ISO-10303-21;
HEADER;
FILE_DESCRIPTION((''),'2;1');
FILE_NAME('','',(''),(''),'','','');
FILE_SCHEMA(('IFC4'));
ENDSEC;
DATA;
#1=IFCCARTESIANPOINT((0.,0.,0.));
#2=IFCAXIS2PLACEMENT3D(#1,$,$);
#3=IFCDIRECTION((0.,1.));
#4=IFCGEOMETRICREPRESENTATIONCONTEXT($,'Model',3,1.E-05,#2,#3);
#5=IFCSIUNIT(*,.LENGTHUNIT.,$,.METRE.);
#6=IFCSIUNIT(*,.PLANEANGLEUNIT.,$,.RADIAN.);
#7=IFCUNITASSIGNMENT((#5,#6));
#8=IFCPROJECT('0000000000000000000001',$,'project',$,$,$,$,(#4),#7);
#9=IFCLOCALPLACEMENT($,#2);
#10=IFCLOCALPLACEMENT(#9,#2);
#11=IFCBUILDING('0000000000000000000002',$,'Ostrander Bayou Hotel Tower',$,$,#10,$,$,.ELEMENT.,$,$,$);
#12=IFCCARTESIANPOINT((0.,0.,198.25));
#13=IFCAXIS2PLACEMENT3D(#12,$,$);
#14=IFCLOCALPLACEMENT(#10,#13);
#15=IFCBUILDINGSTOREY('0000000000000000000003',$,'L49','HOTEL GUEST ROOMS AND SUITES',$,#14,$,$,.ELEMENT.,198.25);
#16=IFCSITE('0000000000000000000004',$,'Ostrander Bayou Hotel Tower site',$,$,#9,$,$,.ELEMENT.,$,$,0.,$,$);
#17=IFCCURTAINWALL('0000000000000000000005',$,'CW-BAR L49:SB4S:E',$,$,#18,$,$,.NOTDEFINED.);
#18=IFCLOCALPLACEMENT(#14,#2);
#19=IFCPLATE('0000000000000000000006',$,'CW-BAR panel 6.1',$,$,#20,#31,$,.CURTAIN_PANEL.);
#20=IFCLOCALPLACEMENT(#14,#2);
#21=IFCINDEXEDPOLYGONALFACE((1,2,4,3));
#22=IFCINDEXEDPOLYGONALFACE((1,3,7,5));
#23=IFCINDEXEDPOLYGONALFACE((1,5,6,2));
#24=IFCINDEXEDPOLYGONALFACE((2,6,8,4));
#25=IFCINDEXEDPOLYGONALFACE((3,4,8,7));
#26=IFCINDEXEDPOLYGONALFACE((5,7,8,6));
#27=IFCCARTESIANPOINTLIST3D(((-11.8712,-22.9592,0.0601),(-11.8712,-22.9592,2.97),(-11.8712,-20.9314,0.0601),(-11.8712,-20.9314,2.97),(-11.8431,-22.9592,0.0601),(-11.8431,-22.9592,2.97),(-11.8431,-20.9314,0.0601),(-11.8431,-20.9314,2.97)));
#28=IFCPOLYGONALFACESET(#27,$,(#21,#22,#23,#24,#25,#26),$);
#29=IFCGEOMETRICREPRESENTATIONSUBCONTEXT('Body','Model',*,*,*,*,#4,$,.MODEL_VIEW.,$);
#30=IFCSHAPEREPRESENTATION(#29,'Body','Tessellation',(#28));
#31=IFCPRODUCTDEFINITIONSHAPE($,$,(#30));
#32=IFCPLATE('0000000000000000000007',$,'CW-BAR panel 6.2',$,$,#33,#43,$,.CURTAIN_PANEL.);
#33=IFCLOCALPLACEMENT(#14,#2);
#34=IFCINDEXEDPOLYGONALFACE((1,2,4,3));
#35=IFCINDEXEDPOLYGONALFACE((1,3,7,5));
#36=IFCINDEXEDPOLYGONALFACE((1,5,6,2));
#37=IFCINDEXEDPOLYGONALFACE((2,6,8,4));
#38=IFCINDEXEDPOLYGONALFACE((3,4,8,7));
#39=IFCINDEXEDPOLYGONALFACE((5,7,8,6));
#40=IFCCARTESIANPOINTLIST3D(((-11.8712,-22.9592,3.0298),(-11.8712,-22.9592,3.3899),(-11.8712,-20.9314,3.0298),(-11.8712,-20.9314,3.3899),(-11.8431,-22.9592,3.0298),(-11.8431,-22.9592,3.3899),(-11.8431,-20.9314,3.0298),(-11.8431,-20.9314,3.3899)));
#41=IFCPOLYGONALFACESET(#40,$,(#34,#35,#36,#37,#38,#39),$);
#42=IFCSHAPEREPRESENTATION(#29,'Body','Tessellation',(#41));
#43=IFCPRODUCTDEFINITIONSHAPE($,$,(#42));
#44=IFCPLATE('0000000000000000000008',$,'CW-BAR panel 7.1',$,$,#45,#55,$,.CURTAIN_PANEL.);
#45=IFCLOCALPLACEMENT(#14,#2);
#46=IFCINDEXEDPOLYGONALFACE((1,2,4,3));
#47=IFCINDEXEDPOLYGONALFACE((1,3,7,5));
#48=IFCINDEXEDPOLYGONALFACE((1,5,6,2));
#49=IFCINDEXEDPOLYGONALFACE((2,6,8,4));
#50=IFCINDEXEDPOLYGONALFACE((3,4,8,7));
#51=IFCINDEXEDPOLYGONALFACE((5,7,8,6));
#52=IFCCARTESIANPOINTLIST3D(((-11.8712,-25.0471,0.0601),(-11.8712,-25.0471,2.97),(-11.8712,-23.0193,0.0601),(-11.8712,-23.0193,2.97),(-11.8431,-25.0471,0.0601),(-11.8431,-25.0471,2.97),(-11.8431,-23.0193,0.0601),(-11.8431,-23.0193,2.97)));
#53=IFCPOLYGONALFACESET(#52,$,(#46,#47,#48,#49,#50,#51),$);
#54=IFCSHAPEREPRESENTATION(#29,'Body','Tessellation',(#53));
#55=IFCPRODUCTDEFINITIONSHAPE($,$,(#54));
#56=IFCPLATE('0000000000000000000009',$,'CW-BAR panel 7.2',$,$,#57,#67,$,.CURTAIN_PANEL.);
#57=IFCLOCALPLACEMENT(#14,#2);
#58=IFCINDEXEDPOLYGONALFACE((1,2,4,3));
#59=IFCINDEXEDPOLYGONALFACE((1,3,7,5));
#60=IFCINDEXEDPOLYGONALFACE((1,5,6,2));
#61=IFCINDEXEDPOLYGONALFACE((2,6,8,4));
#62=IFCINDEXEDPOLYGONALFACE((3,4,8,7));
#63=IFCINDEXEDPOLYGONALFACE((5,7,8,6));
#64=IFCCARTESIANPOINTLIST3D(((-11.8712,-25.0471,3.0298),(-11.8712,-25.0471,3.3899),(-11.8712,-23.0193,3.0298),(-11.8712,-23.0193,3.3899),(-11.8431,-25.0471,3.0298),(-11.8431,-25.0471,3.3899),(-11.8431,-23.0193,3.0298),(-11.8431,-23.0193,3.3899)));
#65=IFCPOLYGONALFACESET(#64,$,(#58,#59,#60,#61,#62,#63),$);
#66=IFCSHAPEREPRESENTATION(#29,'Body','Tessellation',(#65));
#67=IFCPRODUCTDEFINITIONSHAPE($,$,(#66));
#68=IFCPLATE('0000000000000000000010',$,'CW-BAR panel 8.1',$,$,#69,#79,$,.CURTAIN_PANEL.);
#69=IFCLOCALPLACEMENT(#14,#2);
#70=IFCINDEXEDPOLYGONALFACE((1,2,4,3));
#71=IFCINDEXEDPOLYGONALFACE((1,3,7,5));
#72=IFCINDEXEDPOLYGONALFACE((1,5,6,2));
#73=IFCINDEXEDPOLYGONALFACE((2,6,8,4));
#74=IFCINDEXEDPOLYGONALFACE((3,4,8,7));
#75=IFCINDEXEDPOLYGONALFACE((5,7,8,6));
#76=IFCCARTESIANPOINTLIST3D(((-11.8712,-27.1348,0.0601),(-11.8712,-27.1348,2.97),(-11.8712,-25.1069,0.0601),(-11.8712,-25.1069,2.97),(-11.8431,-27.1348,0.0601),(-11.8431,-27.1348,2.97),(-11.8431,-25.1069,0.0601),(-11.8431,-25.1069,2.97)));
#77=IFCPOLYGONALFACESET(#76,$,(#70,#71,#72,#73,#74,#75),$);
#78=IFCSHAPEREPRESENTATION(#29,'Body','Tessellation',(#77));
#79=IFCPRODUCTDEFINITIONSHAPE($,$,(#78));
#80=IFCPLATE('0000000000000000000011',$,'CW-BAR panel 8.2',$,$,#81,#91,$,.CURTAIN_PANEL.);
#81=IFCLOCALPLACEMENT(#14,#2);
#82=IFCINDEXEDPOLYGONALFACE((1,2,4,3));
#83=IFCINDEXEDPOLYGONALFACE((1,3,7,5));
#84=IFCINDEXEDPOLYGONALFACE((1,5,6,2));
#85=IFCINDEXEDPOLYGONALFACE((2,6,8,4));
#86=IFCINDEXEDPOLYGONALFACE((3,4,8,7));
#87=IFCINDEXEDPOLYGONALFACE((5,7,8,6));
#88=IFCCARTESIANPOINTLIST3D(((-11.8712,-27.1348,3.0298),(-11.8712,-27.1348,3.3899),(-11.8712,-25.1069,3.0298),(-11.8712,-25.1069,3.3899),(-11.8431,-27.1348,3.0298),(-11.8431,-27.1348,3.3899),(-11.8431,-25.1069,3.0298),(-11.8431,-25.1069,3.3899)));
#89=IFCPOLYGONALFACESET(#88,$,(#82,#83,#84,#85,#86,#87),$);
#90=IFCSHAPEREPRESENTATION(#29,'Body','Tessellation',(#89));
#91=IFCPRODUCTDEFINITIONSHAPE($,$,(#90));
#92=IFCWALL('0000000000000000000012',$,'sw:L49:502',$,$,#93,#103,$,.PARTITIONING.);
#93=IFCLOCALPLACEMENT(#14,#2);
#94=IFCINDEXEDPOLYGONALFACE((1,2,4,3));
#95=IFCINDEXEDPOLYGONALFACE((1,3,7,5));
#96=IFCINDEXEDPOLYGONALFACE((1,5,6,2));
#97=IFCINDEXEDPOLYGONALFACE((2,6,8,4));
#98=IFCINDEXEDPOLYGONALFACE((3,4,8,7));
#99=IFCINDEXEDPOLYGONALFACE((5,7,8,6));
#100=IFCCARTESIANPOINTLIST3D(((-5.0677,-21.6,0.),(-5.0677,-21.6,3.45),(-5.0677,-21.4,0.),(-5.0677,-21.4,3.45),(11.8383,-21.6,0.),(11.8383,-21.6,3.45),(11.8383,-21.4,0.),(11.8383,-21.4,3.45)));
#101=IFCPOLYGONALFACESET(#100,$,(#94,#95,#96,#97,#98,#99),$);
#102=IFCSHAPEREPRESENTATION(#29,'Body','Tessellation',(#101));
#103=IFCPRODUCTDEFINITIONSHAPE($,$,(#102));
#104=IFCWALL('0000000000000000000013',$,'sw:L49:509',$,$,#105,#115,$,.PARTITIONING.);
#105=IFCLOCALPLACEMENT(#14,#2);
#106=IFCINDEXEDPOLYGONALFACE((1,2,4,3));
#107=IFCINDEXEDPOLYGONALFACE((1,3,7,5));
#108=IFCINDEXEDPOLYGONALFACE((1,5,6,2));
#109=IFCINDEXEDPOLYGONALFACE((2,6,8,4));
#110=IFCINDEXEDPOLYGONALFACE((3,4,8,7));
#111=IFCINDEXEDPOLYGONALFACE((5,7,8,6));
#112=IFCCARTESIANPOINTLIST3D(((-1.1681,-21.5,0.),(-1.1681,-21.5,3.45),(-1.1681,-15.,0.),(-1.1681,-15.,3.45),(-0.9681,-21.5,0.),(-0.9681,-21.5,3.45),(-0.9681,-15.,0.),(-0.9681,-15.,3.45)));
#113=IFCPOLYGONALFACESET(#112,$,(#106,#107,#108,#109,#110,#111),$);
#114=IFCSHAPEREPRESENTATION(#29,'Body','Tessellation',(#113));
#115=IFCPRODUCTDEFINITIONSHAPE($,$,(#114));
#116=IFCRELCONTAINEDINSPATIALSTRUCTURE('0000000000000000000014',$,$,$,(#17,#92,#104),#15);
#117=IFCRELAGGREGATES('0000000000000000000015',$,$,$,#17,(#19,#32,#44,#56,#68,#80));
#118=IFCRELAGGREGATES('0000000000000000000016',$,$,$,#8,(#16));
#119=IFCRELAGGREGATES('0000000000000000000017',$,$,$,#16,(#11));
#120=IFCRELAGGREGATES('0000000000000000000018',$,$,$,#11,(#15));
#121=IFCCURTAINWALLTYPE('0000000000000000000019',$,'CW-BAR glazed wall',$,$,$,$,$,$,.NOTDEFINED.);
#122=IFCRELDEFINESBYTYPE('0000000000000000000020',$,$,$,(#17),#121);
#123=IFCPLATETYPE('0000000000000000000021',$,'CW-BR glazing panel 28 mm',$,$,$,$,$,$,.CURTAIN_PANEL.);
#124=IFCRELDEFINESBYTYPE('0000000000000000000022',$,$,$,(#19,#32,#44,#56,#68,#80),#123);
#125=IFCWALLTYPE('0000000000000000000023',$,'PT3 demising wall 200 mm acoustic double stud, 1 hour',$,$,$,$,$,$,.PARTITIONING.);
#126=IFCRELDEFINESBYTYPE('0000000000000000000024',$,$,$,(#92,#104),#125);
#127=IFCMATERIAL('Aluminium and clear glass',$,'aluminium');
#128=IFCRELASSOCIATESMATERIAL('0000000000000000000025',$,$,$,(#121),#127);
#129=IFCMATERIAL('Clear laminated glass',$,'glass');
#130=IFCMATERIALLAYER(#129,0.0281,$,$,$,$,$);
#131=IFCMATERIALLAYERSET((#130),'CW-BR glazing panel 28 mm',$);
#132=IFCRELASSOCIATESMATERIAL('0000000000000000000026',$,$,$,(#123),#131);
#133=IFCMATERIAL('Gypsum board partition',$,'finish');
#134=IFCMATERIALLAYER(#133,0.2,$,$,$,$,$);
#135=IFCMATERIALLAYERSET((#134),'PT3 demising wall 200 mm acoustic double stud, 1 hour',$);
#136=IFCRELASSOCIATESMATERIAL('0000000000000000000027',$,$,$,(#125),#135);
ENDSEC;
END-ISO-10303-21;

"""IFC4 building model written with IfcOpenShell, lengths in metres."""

from ifc_helpers import new_model, si_unit, direction, frame, frame_2d, origin, origin_2d, place, context, subcontext, project, spatial, rectangle, extrude, material, layer, layer_set, type_object, element, aggregate, save


model = new_model("IFC4")

# Units and contexts
model_context = context("Model", 3, precision=1e-05, world=origin(), true_north=direction((0.0, 1.0)))
body_context = subcontext(model_context, "Body", "Model", "MODEL_VIEW")
ifc_project = project(units=[si_unit("LENGTHUNIT", "METRE"), si_unit("PLANEANGLEUNIT", "RADIAN")], contexts=[model_context])

# Site, building, storey
site_placement = place(None, origin())
site = spatial("IfcSite", under=ifc_project, at=site_placement, Name="Ostrander Bayou Hotel Tower site", CompositionType="ELEMENT", RefElevation=0.0)
building_placement = place(site_placement, origin())
building = spatial("IfcBuilding", under=site, at=building_placement, Name="Ostrander Bayou Hotel Tower", CompositionType="ELEMENT")
storey_placement = place(building_placement, frame((0.0, 0.0, 198.25)))
storey = spatial("IfcBuildingStorey", under=building, at=storey_placement, Name="L49", Description="HOTEL GUEST ROOMS AND SUITES", CompositionType="ELEMENT", Elevation=198.25)

# Curtain wall
ifc_material_1 = material(Name="Aluminium and clear glass", Category="aluminium")
curtain_wall_type = type_object("IfcCurtainWallType", Name="CW-BAR glazed wall", PredefinedType="NOTDEFINED", material=ifc_material_1)
curtain_wall_placement = place(storey_placement, origin())
curtain_wall = element("IfcCurtainWall", 1, at=curtain_wall_placement, inside=storey, type_object=curtain_wall_type, Name="CW-BAR L49:SB4S:E", PredefinedType="NOTDEFINED")

# Plates
ifc_material_2 = material(Name="Clear laminated glass", Category="glass")
ifc_layer_1 = layer(ifc_material_2, 0.0281)
ifc_layer_set_1 = layer_set([ifc_layer_1], Name="CW-BR glazing panel 28 mm")
plate_type = type_object("IfcPlateType", Name="CW-BR glazing panel 28 mm", PredefinedType="CURTAIN_PANEL", material=ifc_layer_set_1)
plate_1_placement = place(storey_placement, frame((-11.8572, -21.9453, 0.0601), z_axis=(0.0, 0.0, 1.0), x_axis=(0.0, -1.0, 0.0)))
plate_1 = element("IfcPlate", 2, at=plate_1_placement, type_object=plate_type, Name="CW-BAR panel 6.1", PredefinedType="CURTAIN_PANEL", context=body_context, shape_type="SweptSolid", body=[
    extrude(rectangle(XDim=2.0278, YDim=0.0281, at=origin_2d()), origin(), (0.0, 0.0, 1.0), 2.9099),
])
plate_2_placement = place(storey_placement, frame((-11.8572, -21.9453, 3.0298), z_axis=(0.0, 0.0, 1.0), x_axis=(0.0, -1.0, 0.0)))
plate_2 = element("IfcPlate", 3, at=plate_2_placement, type_object=plate_type, Name="CW-BAR panel 6.2", PredefinedType="CURTAIN_PANEL", context=body_context, shape_type="SweptSolid", body=[
    extrude(rectangle(XDim=2.0278, YDim=0.0281, at=origin_2d()), origin(), (0.0, 0.0, 1.0), 0.3601),
])
plate_3_placement = place(storey_placement, frame((-11.8572, -24.0332, 0.0601), z_axis=(0.0, 0.0, 1.0), x_axis=(0.0, -1.0, 0.0)))
plate_3 = element("IfcPlate", 4, at=plate_3_placement, type_object=plate_type, Name="CW-BAR panel 7.1", PredefinedType="CURTAIN_PANEL", context=body_context, shape_type="SweptSolid", body=[
    extrude(rectangle(XDim=2.0278, YDim=0.0281, at=origin_2d()), origin(), (0.0, 0.0, 1.0), 2.9099),
])
plate_4_placement = place(storey_placement, frame((-11.8572, -24.0332, 3.0298), z_axis=(0.0, 0.0, 1.0), x_axis=(0.0, -1.0, 0.0)))
plate_4 = element("IfcPlate", 5, at=plate_4_placement, type_object=plate_type, Name="CW-BAR panel 7.2", PredefinedType="CURTAIN_PANEL", context=body_context, shape_type="SweptSolid", body=[
    extrude(rectangle(XDim=2.0278, YDim=0.0281, at=origin_2d()), origin(), (0.0, 0.0, 1.0), 0.3601),
])
plate_5_placement = place(storey_placement, frame((-11.8572, -26.1208, 0.0601), z_axis=(0.0, 0.0, 1.0), x_axis=(0.0, -1.0, 0.0)))
plate_5 = element("IfcPlate", 6, at=plate_5_placement, type_object=plate_type, Name="CW-BAR panel 8.1", PredefinedType="CURTAIN_PANEL", context=body_context, shape_type="SweptSolid", body=[
    extrude(rectangle(XDim=2.0278, YDim=0.0281, at=origin_2d()), origin(), (0.0, 0.0, 1.0), 2.9099),
])
plate_6_placement = place(storey_placement, frame((-11.8572, -26.1208, 3.0298), z_axis=(0.0, 0.0, 1.0), x_axis=(0.0, -1.0, 0.0)))
plate_6 = element("IfcPlate", 7, at=plate_6_placement, type_object=plate_type, Name="CW-BAR panel 8.2", PredefinedType="CURTAIN_PANEL", context=body_context, shape_type="SweptSolid", body=[
    extrude(rectangle(XDim=2.0278, YDim=0.0281, at=origin_2d()), origin(), (0.0, 0.0, 1.0), 0.3601),
])
aggregate(curtain_wall, [plate_1, plate_2, plate_3, plate_4, plate_5, plate_6])

# Walls
ifc_material_3 = material(Name="Gypsum board partition", Category="finish")
ifc_layer_2 = layer(ifc_material_3, 0.2)
ifc_layer_set_2 = layer_set([ifc_layer_2], Name="PT3 demising wall 200 mm acoustic double stud, 1 hour")
wall_type = type_object("IfcWallType", Name="PT3 demising wall 200 mm acoustic double stud, 1 hour", PredefinedType="PARTITIONING", material=ifc_layer_set_2)
wall_1_placement = place(storey_placement, frame((-5.0679, -21.5, 0.0), z_axis=(0.0, 0.0, 1.0), x_axis=(1.0, 0.0, 0.0)))
element("IfcWall", 8, at=wall_1_placement, inside=storey, type_object=wall_type, Name="sw:L49:502", PredefinedType="PARTITIONING", context=body_context, shape_type="SweptSolid", body=[
    extrude(rectangle(XDim=16.906, YDim=0.2, at=frame_2d((8.4531, 0.0))), origin(), (0.0, 0.0, 1.0), 3.45),
])
wall_2_placement = place(storey_placement, frame((-1.0681, -21.5, 0.0), z_axis=(0.0, 0.0, 1.0), x_axis=(0.0, 1.0, 0.0)))
element("IfcWall", 9, at=wall_2_placement, inside=storey, type_object=wall_type, Name="sw:L49:509", PredefinedType="PARTITIONING", context=body_context, shape_type="SweptSolid", body=[
    extrude(rectangle(XDim=6.5, YDim=0.2, at=frame_2d((3.25, 0.0))), origin(), (0.0, 0.0, 1.0), 3.45),
])

save(model, "model.ifc")
